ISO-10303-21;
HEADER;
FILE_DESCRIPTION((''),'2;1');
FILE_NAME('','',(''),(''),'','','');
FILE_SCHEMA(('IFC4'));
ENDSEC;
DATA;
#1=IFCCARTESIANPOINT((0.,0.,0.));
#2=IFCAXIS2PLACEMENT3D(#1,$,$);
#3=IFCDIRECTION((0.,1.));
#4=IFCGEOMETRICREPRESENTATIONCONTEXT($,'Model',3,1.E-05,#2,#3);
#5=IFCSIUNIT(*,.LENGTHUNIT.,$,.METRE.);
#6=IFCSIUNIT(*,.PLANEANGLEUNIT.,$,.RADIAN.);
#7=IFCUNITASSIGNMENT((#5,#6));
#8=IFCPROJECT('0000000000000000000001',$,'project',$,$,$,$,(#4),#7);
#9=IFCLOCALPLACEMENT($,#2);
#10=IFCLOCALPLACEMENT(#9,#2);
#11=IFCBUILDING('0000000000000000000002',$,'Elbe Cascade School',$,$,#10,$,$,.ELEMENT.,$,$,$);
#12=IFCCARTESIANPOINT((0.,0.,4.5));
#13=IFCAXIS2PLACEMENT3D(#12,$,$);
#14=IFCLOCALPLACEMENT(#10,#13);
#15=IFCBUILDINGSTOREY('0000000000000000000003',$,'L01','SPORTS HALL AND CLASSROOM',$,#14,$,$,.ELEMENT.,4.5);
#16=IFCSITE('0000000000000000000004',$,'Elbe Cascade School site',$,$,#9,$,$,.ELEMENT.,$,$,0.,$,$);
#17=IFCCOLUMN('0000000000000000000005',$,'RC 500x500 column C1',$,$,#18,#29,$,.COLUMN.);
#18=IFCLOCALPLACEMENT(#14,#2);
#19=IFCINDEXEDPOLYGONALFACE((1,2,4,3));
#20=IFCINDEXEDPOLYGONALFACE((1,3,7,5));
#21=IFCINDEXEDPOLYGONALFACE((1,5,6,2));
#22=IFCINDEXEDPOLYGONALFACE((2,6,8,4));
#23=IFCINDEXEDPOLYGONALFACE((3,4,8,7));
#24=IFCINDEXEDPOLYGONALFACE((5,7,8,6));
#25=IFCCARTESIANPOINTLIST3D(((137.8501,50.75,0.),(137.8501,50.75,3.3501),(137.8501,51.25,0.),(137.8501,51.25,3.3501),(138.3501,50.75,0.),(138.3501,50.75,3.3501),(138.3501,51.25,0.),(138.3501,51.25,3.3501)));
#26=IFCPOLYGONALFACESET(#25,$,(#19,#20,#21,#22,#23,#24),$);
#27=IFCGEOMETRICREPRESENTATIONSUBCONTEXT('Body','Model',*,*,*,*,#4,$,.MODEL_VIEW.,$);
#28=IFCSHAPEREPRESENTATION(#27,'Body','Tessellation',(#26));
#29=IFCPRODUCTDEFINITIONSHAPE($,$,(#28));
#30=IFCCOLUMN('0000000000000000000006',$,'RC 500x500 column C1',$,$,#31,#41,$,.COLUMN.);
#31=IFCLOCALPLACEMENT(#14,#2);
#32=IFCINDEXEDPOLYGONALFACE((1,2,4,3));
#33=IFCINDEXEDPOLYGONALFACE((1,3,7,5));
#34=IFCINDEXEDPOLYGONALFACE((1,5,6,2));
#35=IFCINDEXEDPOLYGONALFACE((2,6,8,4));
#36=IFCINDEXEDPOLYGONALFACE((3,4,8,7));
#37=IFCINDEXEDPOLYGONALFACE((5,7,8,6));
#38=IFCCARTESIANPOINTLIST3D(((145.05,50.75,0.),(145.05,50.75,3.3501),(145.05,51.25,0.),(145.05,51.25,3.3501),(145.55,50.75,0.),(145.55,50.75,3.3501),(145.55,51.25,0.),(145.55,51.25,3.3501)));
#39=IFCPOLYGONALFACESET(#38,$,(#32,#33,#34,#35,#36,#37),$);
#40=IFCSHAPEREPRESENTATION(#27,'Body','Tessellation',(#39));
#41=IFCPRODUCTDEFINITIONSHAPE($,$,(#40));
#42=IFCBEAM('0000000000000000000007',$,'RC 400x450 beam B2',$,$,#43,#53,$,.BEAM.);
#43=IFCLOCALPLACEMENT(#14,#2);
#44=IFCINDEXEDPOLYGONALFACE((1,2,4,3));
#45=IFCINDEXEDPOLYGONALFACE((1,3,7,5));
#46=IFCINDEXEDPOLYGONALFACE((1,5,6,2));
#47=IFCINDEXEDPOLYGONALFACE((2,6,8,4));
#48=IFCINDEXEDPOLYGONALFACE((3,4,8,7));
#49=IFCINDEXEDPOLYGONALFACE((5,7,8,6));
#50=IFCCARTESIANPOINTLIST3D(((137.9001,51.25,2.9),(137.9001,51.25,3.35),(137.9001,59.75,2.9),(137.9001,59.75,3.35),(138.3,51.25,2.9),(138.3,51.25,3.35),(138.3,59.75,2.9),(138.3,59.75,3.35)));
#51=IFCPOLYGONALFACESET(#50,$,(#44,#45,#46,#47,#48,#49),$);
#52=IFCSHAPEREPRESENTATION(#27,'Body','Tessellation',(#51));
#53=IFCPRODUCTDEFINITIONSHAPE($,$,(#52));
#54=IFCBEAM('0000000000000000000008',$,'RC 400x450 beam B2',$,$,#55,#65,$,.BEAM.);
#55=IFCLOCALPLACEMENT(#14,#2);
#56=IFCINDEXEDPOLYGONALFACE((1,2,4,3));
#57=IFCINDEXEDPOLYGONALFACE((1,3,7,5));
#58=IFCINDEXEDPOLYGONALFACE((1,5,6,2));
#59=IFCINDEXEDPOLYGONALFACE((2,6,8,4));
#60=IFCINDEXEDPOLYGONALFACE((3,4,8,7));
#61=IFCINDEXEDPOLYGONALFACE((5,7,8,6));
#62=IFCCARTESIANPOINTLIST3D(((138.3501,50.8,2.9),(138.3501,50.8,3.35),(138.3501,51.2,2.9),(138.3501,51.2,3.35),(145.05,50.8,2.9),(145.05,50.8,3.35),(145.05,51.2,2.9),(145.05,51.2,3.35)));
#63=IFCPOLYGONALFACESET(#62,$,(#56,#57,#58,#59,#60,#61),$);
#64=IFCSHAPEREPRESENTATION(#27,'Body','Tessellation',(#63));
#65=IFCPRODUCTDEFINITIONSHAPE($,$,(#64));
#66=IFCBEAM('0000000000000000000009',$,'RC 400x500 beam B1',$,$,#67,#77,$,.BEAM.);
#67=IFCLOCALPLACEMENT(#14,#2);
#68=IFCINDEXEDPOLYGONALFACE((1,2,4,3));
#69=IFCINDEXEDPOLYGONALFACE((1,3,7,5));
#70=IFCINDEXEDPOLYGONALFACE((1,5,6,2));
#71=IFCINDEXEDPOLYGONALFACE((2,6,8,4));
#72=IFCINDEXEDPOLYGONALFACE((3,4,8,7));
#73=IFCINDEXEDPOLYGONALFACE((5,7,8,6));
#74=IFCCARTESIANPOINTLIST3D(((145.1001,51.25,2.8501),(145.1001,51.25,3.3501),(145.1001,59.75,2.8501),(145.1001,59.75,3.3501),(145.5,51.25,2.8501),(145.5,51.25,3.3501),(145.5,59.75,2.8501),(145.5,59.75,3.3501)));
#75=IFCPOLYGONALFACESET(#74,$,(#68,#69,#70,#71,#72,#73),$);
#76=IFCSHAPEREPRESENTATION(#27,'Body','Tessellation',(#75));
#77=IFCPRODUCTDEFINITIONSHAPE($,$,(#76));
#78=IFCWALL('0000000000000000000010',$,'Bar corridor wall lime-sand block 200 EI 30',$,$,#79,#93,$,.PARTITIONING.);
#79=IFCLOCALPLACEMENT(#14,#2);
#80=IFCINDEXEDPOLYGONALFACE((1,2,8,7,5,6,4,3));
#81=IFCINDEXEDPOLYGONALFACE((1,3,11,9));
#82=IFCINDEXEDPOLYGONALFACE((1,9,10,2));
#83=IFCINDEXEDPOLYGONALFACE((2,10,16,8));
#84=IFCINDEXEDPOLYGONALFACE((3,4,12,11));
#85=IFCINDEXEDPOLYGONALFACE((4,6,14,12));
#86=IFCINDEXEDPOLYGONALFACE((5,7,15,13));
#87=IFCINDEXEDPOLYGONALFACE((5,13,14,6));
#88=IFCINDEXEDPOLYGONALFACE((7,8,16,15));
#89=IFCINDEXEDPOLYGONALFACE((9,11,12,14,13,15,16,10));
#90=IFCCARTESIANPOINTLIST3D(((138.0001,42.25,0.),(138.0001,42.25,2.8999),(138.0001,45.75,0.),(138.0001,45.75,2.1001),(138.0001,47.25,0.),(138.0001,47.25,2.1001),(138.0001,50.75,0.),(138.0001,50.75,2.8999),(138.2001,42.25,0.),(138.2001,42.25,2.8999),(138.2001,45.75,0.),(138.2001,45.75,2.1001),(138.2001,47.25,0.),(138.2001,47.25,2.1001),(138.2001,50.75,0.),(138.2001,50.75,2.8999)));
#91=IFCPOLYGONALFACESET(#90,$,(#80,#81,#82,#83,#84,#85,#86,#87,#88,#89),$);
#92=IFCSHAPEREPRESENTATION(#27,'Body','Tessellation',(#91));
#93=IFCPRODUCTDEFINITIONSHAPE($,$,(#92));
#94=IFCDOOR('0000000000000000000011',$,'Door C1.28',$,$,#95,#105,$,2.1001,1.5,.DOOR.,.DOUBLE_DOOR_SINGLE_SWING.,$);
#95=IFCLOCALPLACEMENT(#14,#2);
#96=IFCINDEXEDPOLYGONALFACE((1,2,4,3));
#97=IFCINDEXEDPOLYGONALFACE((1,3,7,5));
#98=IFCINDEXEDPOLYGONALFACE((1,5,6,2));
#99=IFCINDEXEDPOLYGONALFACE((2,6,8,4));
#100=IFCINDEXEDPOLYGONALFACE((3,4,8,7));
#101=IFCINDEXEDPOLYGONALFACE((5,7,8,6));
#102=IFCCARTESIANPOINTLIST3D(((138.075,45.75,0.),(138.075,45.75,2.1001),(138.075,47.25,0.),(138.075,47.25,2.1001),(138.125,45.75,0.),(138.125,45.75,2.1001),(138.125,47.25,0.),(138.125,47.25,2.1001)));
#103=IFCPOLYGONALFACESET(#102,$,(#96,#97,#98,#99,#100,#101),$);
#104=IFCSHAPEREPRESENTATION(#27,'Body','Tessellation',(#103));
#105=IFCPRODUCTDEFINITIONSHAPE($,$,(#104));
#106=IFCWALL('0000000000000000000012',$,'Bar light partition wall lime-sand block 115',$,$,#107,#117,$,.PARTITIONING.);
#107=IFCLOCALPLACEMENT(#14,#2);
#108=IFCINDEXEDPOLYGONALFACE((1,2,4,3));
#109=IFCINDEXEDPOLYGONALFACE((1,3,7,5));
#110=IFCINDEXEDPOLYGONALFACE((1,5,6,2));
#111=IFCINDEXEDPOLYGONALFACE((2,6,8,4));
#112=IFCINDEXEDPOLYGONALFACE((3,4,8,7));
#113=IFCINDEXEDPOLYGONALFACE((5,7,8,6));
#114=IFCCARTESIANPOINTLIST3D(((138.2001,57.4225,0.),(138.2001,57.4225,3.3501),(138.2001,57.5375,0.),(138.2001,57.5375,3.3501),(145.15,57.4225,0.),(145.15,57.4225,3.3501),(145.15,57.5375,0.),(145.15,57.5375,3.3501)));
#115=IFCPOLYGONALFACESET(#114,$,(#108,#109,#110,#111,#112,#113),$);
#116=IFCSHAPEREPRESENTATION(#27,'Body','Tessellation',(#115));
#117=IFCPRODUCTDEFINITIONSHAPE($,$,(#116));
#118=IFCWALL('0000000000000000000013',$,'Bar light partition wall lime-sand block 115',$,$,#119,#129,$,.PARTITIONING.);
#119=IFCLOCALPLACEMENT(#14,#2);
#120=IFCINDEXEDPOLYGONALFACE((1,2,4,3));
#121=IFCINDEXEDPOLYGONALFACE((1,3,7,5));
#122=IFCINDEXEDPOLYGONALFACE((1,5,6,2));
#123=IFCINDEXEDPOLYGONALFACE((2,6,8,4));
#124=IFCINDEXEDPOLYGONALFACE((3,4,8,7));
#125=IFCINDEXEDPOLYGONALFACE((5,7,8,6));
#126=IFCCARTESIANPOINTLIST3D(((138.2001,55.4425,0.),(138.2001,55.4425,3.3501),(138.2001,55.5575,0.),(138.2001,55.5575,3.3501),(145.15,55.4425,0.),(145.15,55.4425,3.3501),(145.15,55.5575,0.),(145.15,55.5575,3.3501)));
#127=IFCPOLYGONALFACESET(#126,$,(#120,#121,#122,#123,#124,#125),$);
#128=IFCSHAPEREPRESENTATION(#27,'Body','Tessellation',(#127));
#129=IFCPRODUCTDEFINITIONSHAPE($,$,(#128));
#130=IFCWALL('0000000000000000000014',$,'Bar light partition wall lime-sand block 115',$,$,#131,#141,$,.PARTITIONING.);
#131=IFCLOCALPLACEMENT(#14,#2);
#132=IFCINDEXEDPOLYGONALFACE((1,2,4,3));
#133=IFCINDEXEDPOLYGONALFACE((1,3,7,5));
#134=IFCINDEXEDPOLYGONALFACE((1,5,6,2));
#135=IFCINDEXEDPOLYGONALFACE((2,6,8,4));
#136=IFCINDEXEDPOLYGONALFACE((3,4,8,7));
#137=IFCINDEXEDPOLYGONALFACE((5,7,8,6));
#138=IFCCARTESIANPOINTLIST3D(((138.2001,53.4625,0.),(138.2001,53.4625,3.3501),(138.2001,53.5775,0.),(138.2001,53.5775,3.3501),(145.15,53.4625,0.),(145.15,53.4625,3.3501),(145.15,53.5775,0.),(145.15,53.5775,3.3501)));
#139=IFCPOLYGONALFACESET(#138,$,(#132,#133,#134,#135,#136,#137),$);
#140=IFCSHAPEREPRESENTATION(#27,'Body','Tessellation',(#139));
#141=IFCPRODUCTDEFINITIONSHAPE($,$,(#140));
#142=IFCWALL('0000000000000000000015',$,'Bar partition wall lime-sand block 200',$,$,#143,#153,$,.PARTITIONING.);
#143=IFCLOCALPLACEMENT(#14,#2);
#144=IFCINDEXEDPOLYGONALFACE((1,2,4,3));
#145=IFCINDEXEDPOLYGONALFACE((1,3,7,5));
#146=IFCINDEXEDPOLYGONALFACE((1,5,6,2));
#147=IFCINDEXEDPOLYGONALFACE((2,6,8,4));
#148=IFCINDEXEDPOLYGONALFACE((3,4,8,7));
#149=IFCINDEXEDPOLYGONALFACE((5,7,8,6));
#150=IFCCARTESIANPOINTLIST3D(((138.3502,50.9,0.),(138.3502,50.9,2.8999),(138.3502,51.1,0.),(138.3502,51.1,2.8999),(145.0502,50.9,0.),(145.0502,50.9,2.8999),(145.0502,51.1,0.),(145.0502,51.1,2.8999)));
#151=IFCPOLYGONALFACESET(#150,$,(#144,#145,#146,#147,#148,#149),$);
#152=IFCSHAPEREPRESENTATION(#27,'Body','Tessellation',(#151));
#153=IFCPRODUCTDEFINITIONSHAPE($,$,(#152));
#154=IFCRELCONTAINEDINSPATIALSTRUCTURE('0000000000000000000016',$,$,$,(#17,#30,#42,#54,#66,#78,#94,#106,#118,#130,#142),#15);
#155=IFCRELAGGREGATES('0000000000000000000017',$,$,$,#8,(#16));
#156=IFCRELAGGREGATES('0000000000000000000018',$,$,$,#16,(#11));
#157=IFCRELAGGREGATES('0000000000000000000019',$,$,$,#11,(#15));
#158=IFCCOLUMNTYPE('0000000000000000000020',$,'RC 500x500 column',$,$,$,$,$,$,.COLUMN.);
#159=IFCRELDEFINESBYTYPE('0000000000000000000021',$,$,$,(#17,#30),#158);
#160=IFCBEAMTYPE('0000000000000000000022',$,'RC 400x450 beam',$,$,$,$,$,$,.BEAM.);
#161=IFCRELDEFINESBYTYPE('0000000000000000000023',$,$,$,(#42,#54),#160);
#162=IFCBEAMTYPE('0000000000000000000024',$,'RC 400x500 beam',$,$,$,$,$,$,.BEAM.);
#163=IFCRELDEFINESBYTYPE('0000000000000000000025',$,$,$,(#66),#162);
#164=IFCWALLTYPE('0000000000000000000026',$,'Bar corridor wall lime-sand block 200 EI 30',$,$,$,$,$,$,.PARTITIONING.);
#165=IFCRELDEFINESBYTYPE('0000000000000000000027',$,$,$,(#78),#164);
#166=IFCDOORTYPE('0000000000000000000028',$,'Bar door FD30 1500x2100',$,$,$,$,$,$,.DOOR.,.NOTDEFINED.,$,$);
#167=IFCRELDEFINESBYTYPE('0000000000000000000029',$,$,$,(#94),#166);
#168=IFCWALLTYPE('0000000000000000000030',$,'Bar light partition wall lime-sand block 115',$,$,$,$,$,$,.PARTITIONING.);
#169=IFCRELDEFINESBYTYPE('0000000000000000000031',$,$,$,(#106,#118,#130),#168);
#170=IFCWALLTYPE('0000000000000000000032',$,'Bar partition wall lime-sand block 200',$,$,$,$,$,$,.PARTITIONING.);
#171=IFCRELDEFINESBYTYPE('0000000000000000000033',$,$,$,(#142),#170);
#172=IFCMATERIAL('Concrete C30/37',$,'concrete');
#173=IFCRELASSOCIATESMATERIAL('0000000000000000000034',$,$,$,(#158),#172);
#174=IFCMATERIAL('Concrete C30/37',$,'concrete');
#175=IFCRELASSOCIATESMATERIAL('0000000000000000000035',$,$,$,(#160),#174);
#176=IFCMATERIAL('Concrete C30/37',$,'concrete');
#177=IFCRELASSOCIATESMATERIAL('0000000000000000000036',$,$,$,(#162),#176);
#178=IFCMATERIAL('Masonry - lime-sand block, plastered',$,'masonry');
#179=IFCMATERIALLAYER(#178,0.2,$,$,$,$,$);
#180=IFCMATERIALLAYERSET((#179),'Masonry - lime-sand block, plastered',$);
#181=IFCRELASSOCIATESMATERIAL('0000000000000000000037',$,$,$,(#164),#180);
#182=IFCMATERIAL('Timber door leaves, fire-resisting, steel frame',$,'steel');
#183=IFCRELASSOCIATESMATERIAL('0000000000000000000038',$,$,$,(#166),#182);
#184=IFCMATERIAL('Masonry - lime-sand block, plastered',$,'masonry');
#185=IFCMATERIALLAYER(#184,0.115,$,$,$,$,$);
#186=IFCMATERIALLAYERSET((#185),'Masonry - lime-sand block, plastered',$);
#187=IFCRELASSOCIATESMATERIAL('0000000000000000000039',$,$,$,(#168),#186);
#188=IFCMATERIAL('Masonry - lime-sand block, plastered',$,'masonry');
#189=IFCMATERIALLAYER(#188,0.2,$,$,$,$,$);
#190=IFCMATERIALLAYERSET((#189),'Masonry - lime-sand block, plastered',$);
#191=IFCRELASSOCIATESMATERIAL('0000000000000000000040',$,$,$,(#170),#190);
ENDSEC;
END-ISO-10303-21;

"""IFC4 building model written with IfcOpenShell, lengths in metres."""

from ifc_helpers import new_model, si_unit, direction, frame, frame_2d, origin, origin_2d, place, context, subcontext, project, spatial, rectangle, extrude, material, layer, layer_set, material_profile, profile_set, type_object, element, fill, save


model = new_model("IFC4")

# Units and contexts
model_context = context("Model", 3, precision=1e-05, world=origin(), true_north=direction((0.0, 1.0)))
body_context = subcontext(model_context, "Body", "Model", "MODEL_VIEW")
ifc_project = project(units=[si_unit("LENGTHUNIT", "METRE"), si_unit("PLANEANGLEUNIT", "RADIAN")], contexts=[model_context])

# Site, building, storey
site_placement = place(None, origin())
site = spatial("IfcSite", under=ifc_project, at=site_placement, Name="Elbe Cascade School site", CompositionType="ELEMENT", RefElevation=0.0)
building_placement = place(site_placement, origin())
building = spatial("IfcBuilding", under=site, at=building_placement, Name="Elbe Cascade School", CompositionType="ELEMENT")
storey_placement = place(building_placement, frame((0.0, 0.0, 4.5)))
storey = spatial("IfcBuildingStorey", under=building, at=storey_placement, Name="L01", Description="SPORTS HALL AND CLASSROOM", CompositionType="ELEMENT", Elevation=4.5)

# Columns
ifc_material_1 = material(Name="Concrete C30/37", Category="concrete")
ifc_material_profile_1 = material_profile(ifc_material_1, rectangle(XDim=0.5, YDim=0.5, at=origin_2d()), Name="RC 500x500")
ifc_profile_set_1 = profile_set([ifc_material_profile_1], Name="Concrete C30/37")
column_type = type_object("IfcColumnType", Name="RC 500x500 column", PredefinedType="COLUMN", material=ifc_profile_set_1)
for number, where, z_axis, x_axis, name in (
    (1, (138.1001, 51.0, 0.0), (0.0, 0.0, 1.0), (1.0, 0.0, 0.0), "RC 500x500 column C1"),
    (2, (145.3, 51.0, 0.0), (0.0, 0.0, 1.0), (1.0, 0.0, 0.0), "RC 500x500 column C1"),
):
    element("IfcColumn", number, at=place(storey_placement, frame(where, z_axis=z_axis, x_axis=x_axis)), inside=storey, type_object=column_type, Name=name, PredefinedType="COLUMN", context=body_context, shape_type="SweptSolid", body=[
        extrude(rectangle(XDim=0.5, YDim=0.5, at=origin_2d()), origin(), (0.0, 0.0, 1.0), 3.3501),
    ])

# Beams
ifc_material_2 = material(Name="Concrete C30/37", Category="concrete")
ifc_material_profile_2 = material_profile(ifc_material_2, rectangle(XDim=0.3999, YDim=0.45, at=origin_2d()), Name="RC 400x450")
ifc_profile_set_2 = profile_set([ifc_material_profile_2], Name="Concrete C30/37")
beam_type_1 = type_object("IfcBeamType", Name="RC 400x450 beam", PredefinedType="BEAM", material=ifc_profile_set_2)
beam_1_placement = place(storey_placement, frame((138.1001, 51.25, 3.125), z_axis=(0.0, 1.0, 0.0), x_axis=(-1.0, 0.0, 0.0)))
element("IfcBeam", 3, at=beam_1_placement, inside=storey, type_object=beam_type_1, Name="RC 400x450 beam B2", PredefinedType="BEAM", context=body_context, shape_type="SweptSolid", body=[
    extrude(rectangle(XDim=0.3999, YDim=0.45, at=origin_2d()), origin(), (0.0, 0.0, 1.0), 8.5),
])
beam_2_placement = place(storey_placement, frame((138.3501, 51.0, 3.125), z_axis=(1.0, 0.0, 0.0), x_axis=(0.0, 1.0, 0.0)))
element("IfcBeam", 4, at=beam_2_placement, inside=storey, type_object=beam_type_1, Name="RC 400x450 beam B2", PredefinedType="BEAM", context=body_context, shape_type="SweptSolid", body=[
    extrude(rectangle(XDim=0.3999, YDim=0.45, at=origin_2d()), origin(), (0.0, 0.0, 1.0), 6.7),
])
ifc_material_3 = material(Name="Concrete C30/37", Category="concrete")
ifc_material_profile_3 = material_profile(ifc_material_3, rectangle(XDim=0.3999, YDim=0.5, at=origin_2d()), Name="RC 400x500")
ifc_profile_set_3 = profile_set([ifc_material_profile_3], Name="Concrete C30/37")
beam_type_2 = type_object("IfcBeamType", Name="RC 400x500 beam", PredefinedType="BEAM", material=ifc_profile_set_3)
beam_3_placement = place(storey_placement, frame((145.3, 51.25, 3.1001), z_axis=(0.0, 1.0, 0.0), x_axis=(-1.0, 0.0, 0.0)))
element("IfcBeam", 5, at=beam_3_placement, inside=storey, type_object=beam_type_2, Name="RC 400x500 beam B1", PredefinedType="BEAM", context=body_context, shape_type="SweptSolid", body=[
    extrude(rectangle(XDim=0.3999, YDim=0.5, at=origin_2d()), origin(), (0.0, 0.0, 1.0), 8.5),
])

# Wall, opening, door
ifc_material_4 = material(Name="Masonry - lime-sand block, plastered", Category="masonry")
ifc_layer_1 = layer(ifc_material_4, 0.2)
ifc_layer_set_1 = layer_set([ifc_layer_1], Name="Masonry - lime-sand block, plastered")
wall_type_1 = type_object("IfcWallType", Name="Bar corridor wall lime-sand block 200 EI 30", PredefinedType="PARTITIONING", material=ifc_layer_set_1)
wall_1_placement = place(storey_placement, frame((138.1001, 50.75, 0.0), z_axis=(0.0, 0.0, 1.0), x_axis=(0.0, -1.0, 0.0)))
wall_1 = element("IfcWall", 6, at=wall_1_placement, inside=storey, type_object=wall_type_1, Name="Bar corridor wall lime-sand block 200 EI 30", PredefinedType="PARTITIONING", context=body_context, shape_type="SweptSolid", body=[
    extrude(rectangle(XDim=8.5, YDim=0.2, at=frame_2d((4.25, 0.0))), origin(), (0.0, 0.0, 1.0), 2.8999),
])
opening_1_placement = place(wall_1_placement, frame((3.5, 0.0, 0.0)))
opening_1 = element("IfcOpeningElement", 7, at=opening_1_placement, cuts=wall_1, PredefinedType="OPENING", context=body_context, shape_type="SweptSolid", body=[
    extrude(rectangle(XDim=1.5, YDim=2.1001, at=frame_2d((0.75, 1.05))), frame((0.0, 0.1099, 0.0), z_axis=(0.0, -1.0, 0.0), x_axis=(1.0, 0.0, 0.0)), (0.0, 0.0, 1.0), 0.22),
])
ifc_material_5 = material(Name="Timber door leaves, fire-resisting, steel frame", Category="steel")
door_type = type_object("IfcDoorType", Name="Bar door FD30 1500x2100", OperationType="NOTDEFINED", PredefinedType="DOOR", material=ifc_material_5)
door_placement = place(opening_1_placement, origin())
door = element("IfcDoor", 8, at=door_placement, inside=storey, type_object=door_type, Name="Door C1.28", OperationType="DOUBLE_DOOR_SINGLE_SWING", OverallHeight=2.1001, OverallWidth=1.5, PredefinedType="DOOR", context=body_context, shape_type="SweptSolid", body=[
    extrude(rectangle(XDim=1.5, YDim=2.1001, at=frame_2d((0.75, 1.05))), frame((0.0, 0.0249, 0.0), z_axis=(0.0, -1.0, 0.0), x_axis=(1.0, 0.0, 0.0)), (0.0, 0.0, 1.0), 0.05),
])
fill(opening_1, door)

# Walls
ifc_material_6 = material(Name="Masonry - lime-sand block, plastered", Category="masonry")
ifc_layer_2 = layer(ifc_material_6, 0.115)
ifc_layer_set_2 = layer_set([ifc_layer_2], Name="Masonry - lime-sand block, plastered")
wall_type_2 = type_object("IfcWallType", Name="Bar light partition wall lime-sand block 115", PredefinedType="PARTITIONING", material=ifc_layer_set_2)
for number, where, z_axis, x_axis, name in (
    (9, (138.2, 57.48, 0.0), (0.0, 0.0, 1.0), (1.0, 0.0, 0.0), "Bar light partition wall lime-sand block 115"),
    (10, (138.2, 55.5, 0.0), (0.0, 0.0, 1.0), (1.0, 0.0, 0.0), "Bar light partition wall lime-sand block 115"),
    (11, (138.2, 53.52, 0.0), (0.0, 0.0, 1.0), (1.0, 0.0, 0.0), "Bar light partition wall lime-sand block 115"),
):
    element("IfcWall", number, at=place(storey_placement, frame(where, z_axis=z_axis, x_axis=x_axis)), inside=storey, type_object=wall_type_2, Name=name, PredefinedType="PARTITIONING", context=body_context, shape_type="SweptSolid", body=[
        extrude(rectangle(XDim=6.95, YDim=0.115, at=frame_2d((3.4751, 0.0))), origin(), (0.0, 0.0, 1.0), 3.3501),
    ])
ifc_material_7 = material(Name="Masonry - lime-sand block, plastered", Category="masonry")
ifc_layer_3 = layer(ifc_material_7, 0.2)
ifc_layer_set_3 = layer_set([ifc_layer_3], Name="Masonry - lime-sand block, plastered")
wall_type_3 = type_object("IfcWallType", Name="Bar partition wall lime-sand block 200", PredefinedType="PARTITIONING", material=ifc_layer_set_3)
wall_2_placement = place(storey_placement, frame((138.3501, 51.0, 0.0), z_axis=(0.0, 0.0, 1.0), x_axis=(1.0, 0.0, 0.0)))
element("IfcWall", 12, at=wall_2_placement, inside=storey, type_object=wall_type_3, Name="Bar partition wall lime-sand block 200", PredefinedType="PARTITIONING", context=body_context, shape_type="SweptSolid", body=[
    extrude(rectangle(XDim=6.7, YDim=0.2, at=frame_2d((3.3501, 0.0))), origin(), (0.0, 0.0, 1.0), 2.8999),
])

save(model, "model.ifc")
